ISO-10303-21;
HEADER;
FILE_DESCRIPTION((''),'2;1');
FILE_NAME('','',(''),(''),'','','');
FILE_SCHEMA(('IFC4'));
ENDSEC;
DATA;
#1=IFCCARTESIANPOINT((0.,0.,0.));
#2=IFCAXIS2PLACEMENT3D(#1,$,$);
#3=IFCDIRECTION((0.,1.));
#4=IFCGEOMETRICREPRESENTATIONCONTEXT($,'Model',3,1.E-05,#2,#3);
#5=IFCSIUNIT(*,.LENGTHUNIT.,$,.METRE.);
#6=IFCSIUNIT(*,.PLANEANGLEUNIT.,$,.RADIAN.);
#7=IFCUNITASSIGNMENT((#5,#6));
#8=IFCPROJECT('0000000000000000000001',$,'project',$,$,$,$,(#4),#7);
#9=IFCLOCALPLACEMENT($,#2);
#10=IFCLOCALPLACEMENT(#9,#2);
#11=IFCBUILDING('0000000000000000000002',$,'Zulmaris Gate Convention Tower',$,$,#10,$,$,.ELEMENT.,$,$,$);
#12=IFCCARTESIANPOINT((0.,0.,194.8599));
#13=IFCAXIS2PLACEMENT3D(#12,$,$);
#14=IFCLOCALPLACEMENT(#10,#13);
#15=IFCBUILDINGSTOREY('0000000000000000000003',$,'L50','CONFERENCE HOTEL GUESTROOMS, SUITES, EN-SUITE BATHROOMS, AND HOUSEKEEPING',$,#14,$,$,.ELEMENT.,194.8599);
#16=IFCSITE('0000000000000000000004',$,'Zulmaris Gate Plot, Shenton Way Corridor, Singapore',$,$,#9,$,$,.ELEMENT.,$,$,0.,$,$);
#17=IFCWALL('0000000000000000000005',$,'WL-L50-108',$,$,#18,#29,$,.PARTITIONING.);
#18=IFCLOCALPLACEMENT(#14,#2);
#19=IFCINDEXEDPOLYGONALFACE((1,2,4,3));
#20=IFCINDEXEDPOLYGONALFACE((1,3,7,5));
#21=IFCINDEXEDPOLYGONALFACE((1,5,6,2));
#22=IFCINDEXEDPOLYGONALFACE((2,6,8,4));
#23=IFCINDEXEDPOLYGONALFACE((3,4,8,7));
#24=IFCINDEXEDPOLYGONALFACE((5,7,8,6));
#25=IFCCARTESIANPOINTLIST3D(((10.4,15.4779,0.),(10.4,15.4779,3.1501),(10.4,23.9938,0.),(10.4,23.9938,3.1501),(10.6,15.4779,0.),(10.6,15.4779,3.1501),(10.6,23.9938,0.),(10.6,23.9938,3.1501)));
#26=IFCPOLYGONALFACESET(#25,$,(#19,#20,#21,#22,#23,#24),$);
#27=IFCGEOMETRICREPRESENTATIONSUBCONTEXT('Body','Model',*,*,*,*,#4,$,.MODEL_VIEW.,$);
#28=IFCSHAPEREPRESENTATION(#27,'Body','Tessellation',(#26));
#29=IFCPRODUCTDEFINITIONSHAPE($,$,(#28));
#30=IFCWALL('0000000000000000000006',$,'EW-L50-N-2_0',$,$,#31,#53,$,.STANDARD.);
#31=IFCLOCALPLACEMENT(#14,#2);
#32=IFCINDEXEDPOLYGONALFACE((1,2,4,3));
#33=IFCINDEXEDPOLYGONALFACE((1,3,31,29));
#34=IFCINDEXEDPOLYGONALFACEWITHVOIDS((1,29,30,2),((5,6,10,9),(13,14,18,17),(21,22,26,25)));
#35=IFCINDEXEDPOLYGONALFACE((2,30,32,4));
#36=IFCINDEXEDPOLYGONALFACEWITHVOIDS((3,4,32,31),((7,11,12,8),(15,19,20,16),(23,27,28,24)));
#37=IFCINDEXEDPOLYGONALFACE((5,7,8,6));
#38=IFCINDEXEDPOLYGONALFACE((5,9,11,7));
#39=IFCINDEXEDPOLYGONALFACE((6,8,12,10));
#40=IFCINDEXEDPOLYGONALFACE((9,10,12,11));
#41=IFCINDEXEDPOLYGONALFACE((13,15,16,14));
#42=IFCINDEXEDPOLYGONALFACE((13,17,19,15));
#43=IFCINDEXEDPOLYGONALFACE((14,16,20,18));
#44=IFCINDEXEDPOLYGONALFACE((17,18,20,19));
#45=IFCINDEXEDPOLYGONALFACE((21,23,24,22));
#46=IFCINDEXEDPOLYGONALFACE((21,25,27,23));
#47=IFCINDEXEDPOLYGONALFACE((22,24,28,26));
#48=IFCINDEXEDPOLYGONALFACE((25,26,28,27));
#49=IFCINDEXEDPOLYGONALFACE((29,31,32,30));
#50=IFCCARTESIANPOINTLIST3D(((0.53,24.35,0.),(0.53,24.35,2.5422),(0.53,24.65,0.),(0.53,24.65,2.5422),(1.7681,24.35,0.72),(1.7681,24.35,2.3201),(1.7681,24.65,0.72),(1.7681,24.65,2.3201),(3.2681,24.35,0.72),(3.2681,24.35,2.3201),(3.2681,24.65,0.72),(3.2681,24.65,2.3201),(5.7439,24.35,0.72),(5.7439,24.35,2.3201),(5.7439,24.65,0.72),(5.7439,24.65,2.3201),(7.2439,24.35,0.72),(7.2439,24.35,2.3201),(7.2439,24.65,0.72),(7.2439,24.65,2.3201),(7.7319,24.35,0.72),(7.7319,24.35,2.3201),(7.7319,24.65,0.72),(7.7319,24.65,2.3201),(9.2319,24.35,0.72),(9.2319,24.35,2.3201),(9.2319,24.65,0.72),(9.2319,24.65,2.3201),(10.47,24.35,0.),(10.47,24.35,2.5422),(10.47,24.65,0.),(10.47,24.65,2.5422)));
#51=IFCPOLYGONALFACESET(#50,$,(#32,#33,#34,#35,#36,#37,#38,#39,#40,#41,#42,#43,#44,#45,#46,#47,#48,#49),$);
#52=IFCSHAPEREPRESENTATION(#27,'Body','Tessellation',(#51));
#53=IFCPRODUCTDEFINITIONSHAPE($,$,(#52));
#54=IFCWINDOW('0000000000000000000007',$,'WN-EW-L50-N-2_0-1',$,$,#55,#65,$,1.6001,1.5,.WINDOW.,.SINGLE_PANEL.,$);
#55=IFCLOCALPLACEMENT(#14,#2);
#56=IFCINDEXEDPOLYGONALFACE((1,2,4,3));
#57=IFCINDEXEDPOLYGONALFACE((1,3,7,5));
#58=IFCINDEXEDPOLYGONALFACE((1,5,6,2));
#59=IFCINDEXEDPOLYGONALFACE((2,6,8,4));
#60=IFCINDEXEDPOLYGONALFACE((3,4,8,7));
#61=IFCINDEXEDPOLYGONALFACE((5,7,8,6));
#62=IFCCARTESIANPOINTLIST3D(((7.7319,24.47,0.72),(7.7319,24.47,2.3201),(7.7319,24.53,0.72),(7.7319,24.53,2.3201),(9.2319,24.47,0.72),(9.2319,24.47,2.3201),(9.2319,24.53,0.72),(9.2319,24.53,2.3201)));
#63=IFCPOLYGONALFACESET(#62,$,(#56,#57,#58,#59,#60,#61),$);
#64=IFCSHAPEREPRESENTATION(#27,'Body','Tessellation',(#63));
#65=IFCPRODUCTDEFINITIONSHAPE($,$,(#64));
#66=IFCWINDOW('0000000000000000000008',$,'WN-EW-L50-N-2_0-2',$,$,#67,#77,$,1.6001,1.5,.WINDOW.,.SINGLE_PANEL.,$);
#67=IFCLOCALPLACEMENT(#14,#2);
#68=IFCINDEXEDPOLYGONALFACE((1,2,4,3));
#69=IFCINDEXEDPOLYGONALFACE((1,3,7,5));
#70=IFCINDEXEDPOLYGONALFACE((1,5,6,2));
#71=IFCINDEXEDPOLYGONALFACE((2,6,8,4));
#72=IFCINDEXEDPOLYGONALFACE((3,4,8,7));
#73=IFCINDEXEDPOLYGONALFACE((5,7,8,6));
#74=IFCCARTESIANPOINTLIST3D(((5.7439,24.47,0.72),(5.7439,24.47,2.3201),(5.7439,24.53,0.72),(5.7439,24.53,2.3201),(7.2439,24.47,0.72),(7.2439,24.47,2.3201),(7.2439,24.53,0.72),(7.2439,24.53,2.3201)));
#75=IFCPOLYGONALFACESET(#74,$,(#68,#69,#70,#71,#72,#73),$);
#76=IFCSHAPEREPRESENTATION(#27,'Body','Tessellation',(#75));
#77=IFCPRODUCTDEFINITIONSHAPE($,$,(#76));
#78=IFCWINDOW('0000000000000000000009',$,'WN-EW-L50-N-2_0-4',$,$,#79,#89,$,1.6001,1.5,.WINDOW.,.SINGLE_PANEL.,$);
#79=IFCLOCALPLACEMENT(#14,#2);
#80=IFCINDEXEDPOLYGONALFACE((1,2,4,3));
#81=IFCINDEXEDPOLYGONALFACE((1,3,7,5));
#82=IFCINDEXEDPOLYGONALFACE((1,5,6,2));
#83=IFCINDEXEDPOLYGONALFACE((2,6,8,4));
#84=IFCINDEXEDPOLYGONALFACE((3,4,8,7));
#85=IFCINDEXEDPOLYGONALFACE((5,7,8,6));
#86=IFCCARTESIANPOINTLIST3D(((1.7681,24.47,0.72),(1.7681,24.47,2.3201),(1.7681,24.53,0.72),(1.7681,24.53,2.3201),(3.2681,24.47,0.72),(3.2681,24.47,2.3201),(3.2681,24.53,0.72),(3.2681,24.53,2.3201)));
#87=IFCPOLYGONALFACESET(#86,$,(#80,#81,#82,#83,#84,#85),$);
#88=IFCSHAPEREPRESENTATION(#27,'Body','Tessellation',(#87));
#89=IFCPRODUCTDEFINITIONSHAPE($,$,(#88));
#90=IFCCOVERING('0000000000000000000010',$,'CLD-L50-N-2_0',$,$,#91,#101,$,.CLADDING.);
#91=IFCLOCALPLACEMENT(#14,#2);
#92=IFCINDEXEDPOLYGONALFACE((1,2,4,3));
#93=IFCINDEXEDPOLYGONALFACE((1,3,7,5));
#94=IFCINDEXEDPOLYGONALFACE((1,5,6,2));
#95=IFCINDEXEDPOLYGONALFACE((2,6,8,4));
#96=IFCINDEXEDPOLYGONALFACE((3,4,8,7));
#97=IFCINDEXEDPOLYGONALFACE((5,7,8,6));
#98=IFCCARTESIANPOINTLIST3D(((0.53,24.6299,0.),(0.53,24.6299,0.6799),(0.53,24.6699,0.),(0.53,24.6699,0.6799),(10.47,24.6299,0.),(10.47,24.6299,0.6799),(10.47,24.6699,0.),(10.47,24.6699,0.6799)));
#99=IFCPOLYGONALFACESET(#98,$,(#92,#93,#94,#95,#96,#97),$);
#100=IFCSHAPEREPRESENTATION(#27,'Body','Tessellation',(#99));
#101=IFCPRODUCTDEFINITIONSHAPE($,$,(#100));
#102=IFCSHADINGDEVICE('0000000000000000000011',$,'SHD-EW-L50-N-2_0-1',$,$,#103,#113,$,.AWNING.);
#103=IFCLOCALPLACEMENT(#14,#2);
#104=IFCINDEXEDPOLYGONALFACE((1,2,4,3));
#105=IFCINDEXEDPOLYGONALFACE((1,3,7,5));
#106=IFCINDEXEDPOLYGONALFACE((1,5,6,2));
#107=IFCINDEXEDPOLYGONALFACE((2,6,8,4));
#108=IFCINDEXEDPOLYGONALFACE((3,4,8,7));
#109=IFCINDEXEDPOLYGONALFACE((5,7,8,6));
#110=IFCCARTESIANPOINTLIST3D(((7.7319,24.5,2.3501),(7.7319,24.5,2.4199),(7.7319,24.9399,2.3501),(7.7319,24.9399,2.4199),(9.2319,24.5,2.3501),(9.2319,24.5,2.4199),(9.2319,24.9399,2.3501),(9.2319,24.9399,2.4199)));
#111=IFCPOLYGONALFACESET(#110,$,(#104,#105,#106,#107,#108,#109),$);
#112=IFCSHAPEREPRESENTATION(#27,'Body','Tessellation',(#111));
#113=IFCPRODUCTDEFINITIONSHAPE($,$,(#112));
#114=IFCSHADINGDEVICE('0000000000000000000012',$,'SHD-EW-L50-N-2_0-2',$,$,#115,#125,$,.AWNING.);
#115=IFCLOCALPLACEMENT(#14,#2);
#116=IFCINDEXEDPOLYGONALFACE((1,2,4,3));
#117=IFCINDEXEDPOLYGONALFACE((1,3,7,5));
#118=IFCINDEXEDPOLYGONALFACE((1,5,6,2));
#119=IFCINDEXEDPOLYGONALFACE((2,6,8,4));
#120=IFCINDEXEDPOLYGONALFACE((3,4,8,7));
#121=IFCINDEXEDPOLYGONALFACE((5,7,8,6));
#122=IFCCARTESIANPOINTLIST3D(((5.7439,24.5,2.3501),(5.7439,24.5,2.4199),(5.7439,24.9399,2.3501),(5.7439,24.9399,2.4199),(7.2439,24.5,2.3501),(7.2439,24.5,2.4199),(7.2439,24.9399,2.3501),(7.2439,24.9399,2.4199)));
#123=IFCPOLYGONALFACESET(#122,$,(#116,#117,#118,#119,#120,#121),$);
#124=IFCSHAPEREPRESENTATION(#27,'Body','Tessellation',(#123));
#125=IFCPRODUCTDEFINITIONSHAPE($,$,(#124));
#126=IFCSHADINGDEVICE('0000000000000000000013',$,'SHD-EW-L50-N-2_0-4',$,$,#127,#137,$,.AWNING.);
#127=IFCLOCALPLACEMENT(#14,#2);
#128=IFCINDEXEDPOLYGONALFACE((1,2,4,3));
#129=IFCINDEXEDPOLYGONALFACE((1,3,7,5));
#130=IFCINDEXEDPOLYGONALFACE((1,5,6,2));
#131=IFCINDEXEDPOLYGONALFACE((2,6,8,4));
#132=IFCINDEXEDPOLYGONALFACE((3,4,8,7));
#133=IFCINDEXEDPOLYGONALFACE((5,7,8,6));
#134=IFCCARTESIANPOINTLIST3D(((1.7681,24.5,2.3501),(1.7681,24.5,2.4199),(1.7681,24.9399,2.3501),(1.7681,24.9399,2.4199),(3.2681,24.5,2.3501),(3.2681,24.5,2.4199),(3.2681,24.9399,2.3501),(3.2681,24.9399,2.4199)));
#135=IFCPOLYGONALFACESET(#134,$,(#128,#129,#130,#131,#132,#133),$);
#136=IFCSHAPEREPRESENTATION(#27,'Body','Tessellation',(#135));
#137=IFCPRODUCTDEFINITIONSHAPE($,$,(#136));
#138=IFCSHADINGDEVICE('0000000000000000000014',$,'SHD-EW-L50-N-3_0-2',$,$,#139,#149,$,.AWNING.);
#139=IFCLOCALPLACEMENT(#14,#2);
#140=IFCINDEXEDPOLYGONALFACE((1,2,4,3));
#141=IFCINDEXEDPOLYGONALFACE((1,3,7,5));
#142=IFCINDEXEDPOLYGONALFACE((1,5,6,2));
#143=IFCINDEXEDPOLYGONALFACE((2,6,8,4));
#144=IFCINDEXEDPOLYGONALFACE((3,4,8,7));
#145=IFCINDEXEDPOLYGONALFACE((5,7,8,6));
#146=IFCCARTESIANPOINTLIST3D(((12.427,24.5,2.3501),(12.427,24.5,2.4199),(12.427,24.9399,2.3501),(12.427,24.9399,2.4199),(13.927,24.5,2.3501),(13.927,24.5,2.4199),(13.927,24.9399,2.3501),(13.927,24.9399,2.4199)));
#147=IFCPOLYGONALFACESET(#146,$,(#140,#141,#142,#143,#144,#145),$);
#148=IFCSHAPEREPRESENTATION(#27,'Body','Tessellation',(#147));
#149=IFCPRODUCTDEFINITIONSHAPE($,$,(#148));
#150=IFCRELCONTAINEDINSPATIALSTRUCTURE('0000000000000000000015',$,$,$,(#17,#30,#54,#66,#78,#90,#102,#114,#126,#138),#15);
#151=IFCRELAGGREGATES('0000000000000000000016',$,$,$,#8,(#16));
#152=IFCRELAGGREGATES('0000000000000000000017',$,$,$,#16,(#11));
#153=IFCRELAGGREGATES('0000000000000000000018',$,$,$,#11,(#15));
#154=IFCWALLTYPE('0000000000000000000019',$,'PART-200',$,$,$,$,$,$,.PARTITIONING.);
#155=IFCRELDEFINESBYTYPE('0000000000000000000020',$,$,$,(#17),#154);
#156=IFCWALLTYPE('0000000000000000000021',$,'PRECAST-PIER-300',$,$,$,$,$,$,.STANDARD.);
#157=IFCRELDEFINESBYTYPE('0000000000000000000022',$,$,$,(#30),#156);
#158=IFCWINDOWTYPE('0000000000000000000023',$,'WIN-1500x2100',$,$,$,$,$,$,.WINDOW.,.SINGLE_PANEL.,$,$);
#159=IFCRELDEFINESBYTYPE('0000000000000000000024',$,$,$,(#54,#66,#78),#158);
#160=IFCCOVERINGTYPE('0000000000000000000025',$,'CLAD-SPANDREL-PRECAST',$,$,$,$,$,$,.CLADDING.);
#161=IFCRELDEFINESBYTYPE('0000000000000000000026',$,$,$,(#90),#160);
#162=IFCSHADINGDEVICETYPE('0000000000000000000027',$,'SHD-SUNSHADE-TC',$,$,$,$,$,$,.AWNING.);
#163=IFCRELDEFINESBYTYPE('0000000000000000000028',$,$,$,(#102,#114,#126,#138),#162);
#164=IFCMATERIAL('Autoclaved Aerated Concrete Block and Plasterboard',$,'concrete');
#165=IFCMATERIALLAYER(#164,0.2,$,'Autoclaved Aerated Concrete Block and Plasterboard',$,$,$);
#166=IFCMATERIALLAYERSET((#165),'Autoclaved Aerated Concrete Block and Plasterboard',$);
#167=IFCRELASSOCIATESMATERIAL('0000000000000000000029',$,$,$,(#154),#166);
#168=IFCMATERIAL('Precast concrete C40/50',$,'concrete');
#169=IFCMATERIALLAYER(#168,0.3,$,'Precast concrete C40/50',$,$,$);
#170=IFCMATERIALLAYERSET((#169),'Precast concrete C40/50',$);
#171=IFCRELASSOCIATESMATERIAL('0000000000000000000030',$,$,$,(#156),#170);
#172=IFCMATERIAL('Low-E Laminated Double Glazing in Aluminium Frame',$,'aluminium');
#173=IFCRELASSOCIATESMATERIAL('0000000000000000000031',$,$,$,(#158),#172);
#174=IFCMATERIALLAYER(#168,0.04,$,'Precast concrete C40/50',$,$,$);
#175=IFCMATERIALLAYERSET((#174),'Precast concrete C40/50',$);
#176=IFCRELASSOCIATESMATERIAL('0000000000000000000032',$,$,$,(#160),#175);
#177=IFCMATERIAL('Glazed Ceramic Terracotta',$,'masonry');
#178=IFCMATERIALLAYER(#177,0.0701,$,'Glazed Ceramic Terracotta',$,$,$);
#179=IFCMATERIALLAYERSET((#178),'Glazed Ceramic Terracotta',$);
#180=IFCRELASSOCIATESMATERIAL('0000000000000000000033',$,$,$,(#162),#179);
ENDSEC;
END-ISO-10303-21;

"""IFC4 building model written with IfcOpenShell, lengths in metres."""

from ifc_helpers import new_model, si_unit, direction, frame, frame_2d, origin, place, context, subcontext, project, spatial, rectangle, extrude, material, layer, layer_set, type_object, element, fill, save


model = new_model("IFC4")

# Units and contexts
model_context = context("Model", 3, precision=1e-05, world=origin(), true_north=direction((0.0, 1.0)))
body_context = subcontext(model_context, "Body", "Model", "MODEL_VIEW")
ifc_project = project(units=[si_unit("LENGTHUNIT", "METRE"), si_unit("PLANEANGLEUNIT", "RADIAN")], contexts=[model_context])

# Site, building, storey
site_placement = place(None, origin())
site = spatial("IfcSite", under=ifc_project, at=site_placement, Name="Zulmaris Gate Plot, Shenton Way Corridor, Singapore", CompositionType="ELEMENT", RefElevation=0.0)
building_placement = place(site_placement, origin())
building = spatial("IfcBuilding", under=site, at=building_placement, Name="Zulmaris Gate Convention Tower", CompositionType="ELEMENT")
storey_placement = place(building_placement, frame((0.0, 0.0, 194.8599)))
storey = spatial("IfcBuildingStorey", under=building, at=storey_placement, Name="L50", Description="CONFERENCE HOTEL GUESTROOMS, SUITES, EN-SUITE BATHROOMS, AND HOUSEKEEPING", CompositionType="ELEMENT", Elevation=194.8599)

# Wall
ifc_material_1 = material(Name="Autoclaved Aerated Concrete Block and Plasterboard", Category="concrete")
ifc_layer_1 = layer(ifc_material_1, 0.2, Name="Autoclaved Aerated Concrete Block and Plasterboard")
ifc_layer_set_1 = layer_set([ifc_layer_1], Name="Autoclaved Aerated Concrete Block and Plasterboard")
wall_type_1 = type_object("IfcWallType", Name="PART-200", PredefinedType="PARTITIONING", material=ifc_layer_set_1)
wall_1_placement = place(storey_placement, frame((10.5, 15.478, 0.0), z_axis=(0.0, 0.0, 1.0), x_axis=(0.0, 1.0, 0.0)))
element("IfcWall", 1, at=wall_1_placement, inside=storey, type_object=wall_type_1, Name="WL-L50-108", PredefinedType="PARTITIONING", context=body_context, shape_type="SweptSolid", body=[
    extrude(rectangle(XDim=8.5159, YDim=0.2, at=frame_2d((4.2578, 0.0))), origin(), (0.0, 0.0, 1.0), 3.1501),
])

# Wall, openings, windows
ifc_material_2 = material(Name="Precast concrete C40/50", Category="concrete")
ifc_layer_2 = layer(ifc_material_2, 0.3, Name="Precast concrete C40/50")
ifc_layer_set_2 = layer_set([ifc_layer_2], Name="Precast concrete C40/50")
wall_type_2 = type_object("IfcWallType", Name="PRECAST-PIER-300", PredefinedType="STANDARD", material=ifc_layer_set_2)
wall_2_placement = place(storey_placement, frame((10.47, 24.5, 0.0), z_axis=(0.0, 0.0, 1.0), x_axis=(-1.0, 0.0, 0.0)))
wall_2 = element("IfcWall", 2, at=wall_2_placement, inside=storey, type_object=wall_type_2, Name="EW-L50-N-2_0", PredefinedType="STANDARD", context=body_context, shape_type="SweptSolid", body=[
    extrude(rectangle(XDim=9.9399, YDim=0.3, at=frame_2d((4.97, 0.0))), origin(), (0.0, 0.0, 1.0), 2.5422),
])
opening_1_placement = place(wall_2_placement, frame((1.238, 0.0, 0.72)))
opening_1 = element("IfcOpeningElement", 3, at=opening_1_placement, cuts=wall_2, PredefinedType="OPENING", context=body_context, shape_type="SweptSolid", body=[
    extrude(rectangle(XDim=1.5, YDim=1.6001, at=frame_2d((0.75, 0.8))), frame((0.0, 0.1602, 0.0), z_axis=(0.0, -1.0, 0.0), x_axis=(1.0, 0.0, 0.0)), (0.0, 0.0, 1.0), 0.3201),
])
opening_2_placement = place(wall_2_placement, frame((3.2261, 0.0, 0.72)))
opening_2 = element("IfcOpeningElement", 4, at=opening_2_placement, cuts=wall_2, PredefinedType="OPENING", context=body_context, shape_type="SweptSolid", body=[
    extrude(rectangle(XDim=1.5, YDim=1.6001, at=frame_2d((0.75, 0.8))), frame((0.0, 0.1602, 0.0), z_axis=(0.0, -1.0, 0.0), x_axis=(1.0, 0.0, 0.0)), (0.0, 0.0, 1.0), 0.3201),
])
opening_3_placement = place(wall_2_placement, frame((7.2019, 0.0, 0.72)))
opening_3 = element("IfcOpeningElement", 5, at=opening_3_placement, cuts=wall_2, PredefinedType="OPENING", context=body_context, shape_type="SweptSolid", body=[
    extrude(rectangle(XDim=1.5, YDim=1.6001, at=frame_2d((0.75, 0.8))), frame((0.0, 0.1602, 0.0), z_axis=(0.0, -1.0, 0.0), x_axis=(1.0, 0.0, 0.0)), (0.0, 0.0, 1.0), 0.3201),
])
ifc_material_3 = material(Name="Low-E Laminated Double Glazing in Aluminium Frame", Category="aluminium")
window_type = type_object("IfcWindowType", Name="WIN-1500x2100", PartitioningType="SINGLE_PANEL", PredefinedType="WINDOW", material=ifc_material_3)
window_1_placement = place(opening_1_placement, origin())
window_1 = element("IfcWindow", 6, at=window_1_placement, inside=storey, type_object=window_type, Name="WN-EW-L50-N-2_0-1", OverallHeight=1.6001, OverallWidth=1.5, PartitioningType="SINGLE_PANEL", PredefinedType="WINDOW", context=body_context, shape_type="SweptSolid", body=[
    extrude(rectangle(XDim=1.5, YDim=1.6001, at=frame_2d((0.75, 0.8))), frame((0.0, 0.03, 0.0), z_axis=(0.0, -1.0, 0.0), x_axis=(1.0, 0.0, 0.0)), (0.0, 0.0, 1.0), 0.0601),
])
fill(opening_1, window_1)
window_2_placement = place(opening_2_placement, origin())
window_2 = element("IfcWindow", 7, at=window_2_placement, inside=storey, type_object=window_type, Name="WN-EW-L50-N-2_0-2", OverallHeight=1.6001, OverallWidth=1.5, PartitioningType="SINGLE_PANEL", PredefinedType="WINDOW", context=body_context, shape_type="SweptSolid", body=[
    extrude(rectangle(XDim=1.5, YDim=1.6001, at=frame_2d((0.75, 0.8))), frame((0.0, 0.03, 0.0), z_axis=(0.0, -1.0, 0.0), x_axis=(1.0, 0.0, 0.0)), (0.0, 0.0, 1.0), 0.0601),
])
fill(opening_2, window_2)
window_3_placement = place(opening_3_placement, origin())
window_3 = element("IfcWindow", 8, at=window_3_placement, inside=storey, type_object=window_type, Name="WN-EW-L50-N-2_0-4", OverallHeight=1.6001, OverallWidth=1.5, PartitioningType="SINGLE_PANEL", PredefinedType="WINDOW", context=body_context, shape_type="SweptSolid", body=[
    extrude(rectangle(XDim=1.5, YDim=1.6001, at=frame_2d((0.75, 0.8))), frame((0.0, 0.03, 0.0), z_axis=(0.0, -1.0, 0.0), x_axis=(1.0, 0.0, 0.0)), (0.0, 0.0, 1.0), 0.0601),
])
fill(opening_3, window_3)

# Covering
ifc_layer_3 = layer(ifc_material_2, 0.04, Name="Precast concrete C40/50")
ifc_layer_set_3 = layer_set([ifc_layer_3], Name="Precast concrete C40/50")
covering_type = type_object("IfcCoveringType", Name="CLAD-SPANDREL-PRECAST", PredefinedType="CLADDING", material=ifc_layer_set_3)
covering_placement = place(storey_placement, frame((10.47, 24.6499, 0.0), z_axis=(0.0, 0.0, 1.0), x_axis=(-1.0, 0.0, 0.0)))
element("IfcCovering", 9, at=covering_placement, inside=storey, type_object=covering_type, Name="CLD-L50-N-2_0", PredefinedType="CLADDING", context=body_context, shape_type="SweptSolid", body=[
    extrude(rectangle(XDim=9.9399, YDim=0.04, at=frame_2d((4.97, 0.0))), origin(), (0.0, 0.0, 1.0), 0.6799),
])

# Shading devices
ifc_material_4 = material(Name="Glazed Ceramic Terracotta", Category="masonry")
ifc_layer_4 = layer(ifc_material_4, 0.0701, Name="Glazed Ceramic Terracotta")
ifc_layer_set_4 = layer_set([ifc_layer_4], Name="Glazed Ceramic Terracotta")
shading_device_type = type_object("IfcShadingDeviceType", Name="SHD-SUNSHADE-TC", PredefinedType="AWNING", material=ifc_layer_set_4)
for number, where, z_axis, x_axis, name in (
    (10, (9.2319, 24.72, 2.3501), (0.0, 0.0, 1.0), (-1.0, 0.0, 0.0), "SHD-EW-L50-N-2_0-1"),
    (11, (7.2439, 24.72, 2.3501), (0.0, 0.0, 1.0), (-1.0, 0.0, 0.0), "SHD-EW-L50-N-2_0-2"),
    (12, (3.2681, 24.72, 2.3501), (0.0, 0.0, 1.0), (-1.0, 0.0, 0.0), "SHD-EW-L50-N-2_0-4"),
    (13, (13.927, 24.72, 2.3501), (0.0, 0.0, 1.0), (-1.0, 0.0, 0.0), "SHD-EW-L50-N-3_0-2"),
):
    element("IfcShadingDevice", number, at=place(storey_placement, frame(where, z_axis=z_axis, x_axis=x_axis)), inside=storey, type_object=shading_device_type, Name=name, PredefinedType="AWNING", context=body_context, shape_type="SweptSolid", body=[
        extrude(rectangle(XDim=1.5, YDim=0.4399, at=frame_2d((0.75, 0.0))), origin(), (0.0, 0.0, 1.0), 0.0698),
    ])

save(model, "model.ifc")
